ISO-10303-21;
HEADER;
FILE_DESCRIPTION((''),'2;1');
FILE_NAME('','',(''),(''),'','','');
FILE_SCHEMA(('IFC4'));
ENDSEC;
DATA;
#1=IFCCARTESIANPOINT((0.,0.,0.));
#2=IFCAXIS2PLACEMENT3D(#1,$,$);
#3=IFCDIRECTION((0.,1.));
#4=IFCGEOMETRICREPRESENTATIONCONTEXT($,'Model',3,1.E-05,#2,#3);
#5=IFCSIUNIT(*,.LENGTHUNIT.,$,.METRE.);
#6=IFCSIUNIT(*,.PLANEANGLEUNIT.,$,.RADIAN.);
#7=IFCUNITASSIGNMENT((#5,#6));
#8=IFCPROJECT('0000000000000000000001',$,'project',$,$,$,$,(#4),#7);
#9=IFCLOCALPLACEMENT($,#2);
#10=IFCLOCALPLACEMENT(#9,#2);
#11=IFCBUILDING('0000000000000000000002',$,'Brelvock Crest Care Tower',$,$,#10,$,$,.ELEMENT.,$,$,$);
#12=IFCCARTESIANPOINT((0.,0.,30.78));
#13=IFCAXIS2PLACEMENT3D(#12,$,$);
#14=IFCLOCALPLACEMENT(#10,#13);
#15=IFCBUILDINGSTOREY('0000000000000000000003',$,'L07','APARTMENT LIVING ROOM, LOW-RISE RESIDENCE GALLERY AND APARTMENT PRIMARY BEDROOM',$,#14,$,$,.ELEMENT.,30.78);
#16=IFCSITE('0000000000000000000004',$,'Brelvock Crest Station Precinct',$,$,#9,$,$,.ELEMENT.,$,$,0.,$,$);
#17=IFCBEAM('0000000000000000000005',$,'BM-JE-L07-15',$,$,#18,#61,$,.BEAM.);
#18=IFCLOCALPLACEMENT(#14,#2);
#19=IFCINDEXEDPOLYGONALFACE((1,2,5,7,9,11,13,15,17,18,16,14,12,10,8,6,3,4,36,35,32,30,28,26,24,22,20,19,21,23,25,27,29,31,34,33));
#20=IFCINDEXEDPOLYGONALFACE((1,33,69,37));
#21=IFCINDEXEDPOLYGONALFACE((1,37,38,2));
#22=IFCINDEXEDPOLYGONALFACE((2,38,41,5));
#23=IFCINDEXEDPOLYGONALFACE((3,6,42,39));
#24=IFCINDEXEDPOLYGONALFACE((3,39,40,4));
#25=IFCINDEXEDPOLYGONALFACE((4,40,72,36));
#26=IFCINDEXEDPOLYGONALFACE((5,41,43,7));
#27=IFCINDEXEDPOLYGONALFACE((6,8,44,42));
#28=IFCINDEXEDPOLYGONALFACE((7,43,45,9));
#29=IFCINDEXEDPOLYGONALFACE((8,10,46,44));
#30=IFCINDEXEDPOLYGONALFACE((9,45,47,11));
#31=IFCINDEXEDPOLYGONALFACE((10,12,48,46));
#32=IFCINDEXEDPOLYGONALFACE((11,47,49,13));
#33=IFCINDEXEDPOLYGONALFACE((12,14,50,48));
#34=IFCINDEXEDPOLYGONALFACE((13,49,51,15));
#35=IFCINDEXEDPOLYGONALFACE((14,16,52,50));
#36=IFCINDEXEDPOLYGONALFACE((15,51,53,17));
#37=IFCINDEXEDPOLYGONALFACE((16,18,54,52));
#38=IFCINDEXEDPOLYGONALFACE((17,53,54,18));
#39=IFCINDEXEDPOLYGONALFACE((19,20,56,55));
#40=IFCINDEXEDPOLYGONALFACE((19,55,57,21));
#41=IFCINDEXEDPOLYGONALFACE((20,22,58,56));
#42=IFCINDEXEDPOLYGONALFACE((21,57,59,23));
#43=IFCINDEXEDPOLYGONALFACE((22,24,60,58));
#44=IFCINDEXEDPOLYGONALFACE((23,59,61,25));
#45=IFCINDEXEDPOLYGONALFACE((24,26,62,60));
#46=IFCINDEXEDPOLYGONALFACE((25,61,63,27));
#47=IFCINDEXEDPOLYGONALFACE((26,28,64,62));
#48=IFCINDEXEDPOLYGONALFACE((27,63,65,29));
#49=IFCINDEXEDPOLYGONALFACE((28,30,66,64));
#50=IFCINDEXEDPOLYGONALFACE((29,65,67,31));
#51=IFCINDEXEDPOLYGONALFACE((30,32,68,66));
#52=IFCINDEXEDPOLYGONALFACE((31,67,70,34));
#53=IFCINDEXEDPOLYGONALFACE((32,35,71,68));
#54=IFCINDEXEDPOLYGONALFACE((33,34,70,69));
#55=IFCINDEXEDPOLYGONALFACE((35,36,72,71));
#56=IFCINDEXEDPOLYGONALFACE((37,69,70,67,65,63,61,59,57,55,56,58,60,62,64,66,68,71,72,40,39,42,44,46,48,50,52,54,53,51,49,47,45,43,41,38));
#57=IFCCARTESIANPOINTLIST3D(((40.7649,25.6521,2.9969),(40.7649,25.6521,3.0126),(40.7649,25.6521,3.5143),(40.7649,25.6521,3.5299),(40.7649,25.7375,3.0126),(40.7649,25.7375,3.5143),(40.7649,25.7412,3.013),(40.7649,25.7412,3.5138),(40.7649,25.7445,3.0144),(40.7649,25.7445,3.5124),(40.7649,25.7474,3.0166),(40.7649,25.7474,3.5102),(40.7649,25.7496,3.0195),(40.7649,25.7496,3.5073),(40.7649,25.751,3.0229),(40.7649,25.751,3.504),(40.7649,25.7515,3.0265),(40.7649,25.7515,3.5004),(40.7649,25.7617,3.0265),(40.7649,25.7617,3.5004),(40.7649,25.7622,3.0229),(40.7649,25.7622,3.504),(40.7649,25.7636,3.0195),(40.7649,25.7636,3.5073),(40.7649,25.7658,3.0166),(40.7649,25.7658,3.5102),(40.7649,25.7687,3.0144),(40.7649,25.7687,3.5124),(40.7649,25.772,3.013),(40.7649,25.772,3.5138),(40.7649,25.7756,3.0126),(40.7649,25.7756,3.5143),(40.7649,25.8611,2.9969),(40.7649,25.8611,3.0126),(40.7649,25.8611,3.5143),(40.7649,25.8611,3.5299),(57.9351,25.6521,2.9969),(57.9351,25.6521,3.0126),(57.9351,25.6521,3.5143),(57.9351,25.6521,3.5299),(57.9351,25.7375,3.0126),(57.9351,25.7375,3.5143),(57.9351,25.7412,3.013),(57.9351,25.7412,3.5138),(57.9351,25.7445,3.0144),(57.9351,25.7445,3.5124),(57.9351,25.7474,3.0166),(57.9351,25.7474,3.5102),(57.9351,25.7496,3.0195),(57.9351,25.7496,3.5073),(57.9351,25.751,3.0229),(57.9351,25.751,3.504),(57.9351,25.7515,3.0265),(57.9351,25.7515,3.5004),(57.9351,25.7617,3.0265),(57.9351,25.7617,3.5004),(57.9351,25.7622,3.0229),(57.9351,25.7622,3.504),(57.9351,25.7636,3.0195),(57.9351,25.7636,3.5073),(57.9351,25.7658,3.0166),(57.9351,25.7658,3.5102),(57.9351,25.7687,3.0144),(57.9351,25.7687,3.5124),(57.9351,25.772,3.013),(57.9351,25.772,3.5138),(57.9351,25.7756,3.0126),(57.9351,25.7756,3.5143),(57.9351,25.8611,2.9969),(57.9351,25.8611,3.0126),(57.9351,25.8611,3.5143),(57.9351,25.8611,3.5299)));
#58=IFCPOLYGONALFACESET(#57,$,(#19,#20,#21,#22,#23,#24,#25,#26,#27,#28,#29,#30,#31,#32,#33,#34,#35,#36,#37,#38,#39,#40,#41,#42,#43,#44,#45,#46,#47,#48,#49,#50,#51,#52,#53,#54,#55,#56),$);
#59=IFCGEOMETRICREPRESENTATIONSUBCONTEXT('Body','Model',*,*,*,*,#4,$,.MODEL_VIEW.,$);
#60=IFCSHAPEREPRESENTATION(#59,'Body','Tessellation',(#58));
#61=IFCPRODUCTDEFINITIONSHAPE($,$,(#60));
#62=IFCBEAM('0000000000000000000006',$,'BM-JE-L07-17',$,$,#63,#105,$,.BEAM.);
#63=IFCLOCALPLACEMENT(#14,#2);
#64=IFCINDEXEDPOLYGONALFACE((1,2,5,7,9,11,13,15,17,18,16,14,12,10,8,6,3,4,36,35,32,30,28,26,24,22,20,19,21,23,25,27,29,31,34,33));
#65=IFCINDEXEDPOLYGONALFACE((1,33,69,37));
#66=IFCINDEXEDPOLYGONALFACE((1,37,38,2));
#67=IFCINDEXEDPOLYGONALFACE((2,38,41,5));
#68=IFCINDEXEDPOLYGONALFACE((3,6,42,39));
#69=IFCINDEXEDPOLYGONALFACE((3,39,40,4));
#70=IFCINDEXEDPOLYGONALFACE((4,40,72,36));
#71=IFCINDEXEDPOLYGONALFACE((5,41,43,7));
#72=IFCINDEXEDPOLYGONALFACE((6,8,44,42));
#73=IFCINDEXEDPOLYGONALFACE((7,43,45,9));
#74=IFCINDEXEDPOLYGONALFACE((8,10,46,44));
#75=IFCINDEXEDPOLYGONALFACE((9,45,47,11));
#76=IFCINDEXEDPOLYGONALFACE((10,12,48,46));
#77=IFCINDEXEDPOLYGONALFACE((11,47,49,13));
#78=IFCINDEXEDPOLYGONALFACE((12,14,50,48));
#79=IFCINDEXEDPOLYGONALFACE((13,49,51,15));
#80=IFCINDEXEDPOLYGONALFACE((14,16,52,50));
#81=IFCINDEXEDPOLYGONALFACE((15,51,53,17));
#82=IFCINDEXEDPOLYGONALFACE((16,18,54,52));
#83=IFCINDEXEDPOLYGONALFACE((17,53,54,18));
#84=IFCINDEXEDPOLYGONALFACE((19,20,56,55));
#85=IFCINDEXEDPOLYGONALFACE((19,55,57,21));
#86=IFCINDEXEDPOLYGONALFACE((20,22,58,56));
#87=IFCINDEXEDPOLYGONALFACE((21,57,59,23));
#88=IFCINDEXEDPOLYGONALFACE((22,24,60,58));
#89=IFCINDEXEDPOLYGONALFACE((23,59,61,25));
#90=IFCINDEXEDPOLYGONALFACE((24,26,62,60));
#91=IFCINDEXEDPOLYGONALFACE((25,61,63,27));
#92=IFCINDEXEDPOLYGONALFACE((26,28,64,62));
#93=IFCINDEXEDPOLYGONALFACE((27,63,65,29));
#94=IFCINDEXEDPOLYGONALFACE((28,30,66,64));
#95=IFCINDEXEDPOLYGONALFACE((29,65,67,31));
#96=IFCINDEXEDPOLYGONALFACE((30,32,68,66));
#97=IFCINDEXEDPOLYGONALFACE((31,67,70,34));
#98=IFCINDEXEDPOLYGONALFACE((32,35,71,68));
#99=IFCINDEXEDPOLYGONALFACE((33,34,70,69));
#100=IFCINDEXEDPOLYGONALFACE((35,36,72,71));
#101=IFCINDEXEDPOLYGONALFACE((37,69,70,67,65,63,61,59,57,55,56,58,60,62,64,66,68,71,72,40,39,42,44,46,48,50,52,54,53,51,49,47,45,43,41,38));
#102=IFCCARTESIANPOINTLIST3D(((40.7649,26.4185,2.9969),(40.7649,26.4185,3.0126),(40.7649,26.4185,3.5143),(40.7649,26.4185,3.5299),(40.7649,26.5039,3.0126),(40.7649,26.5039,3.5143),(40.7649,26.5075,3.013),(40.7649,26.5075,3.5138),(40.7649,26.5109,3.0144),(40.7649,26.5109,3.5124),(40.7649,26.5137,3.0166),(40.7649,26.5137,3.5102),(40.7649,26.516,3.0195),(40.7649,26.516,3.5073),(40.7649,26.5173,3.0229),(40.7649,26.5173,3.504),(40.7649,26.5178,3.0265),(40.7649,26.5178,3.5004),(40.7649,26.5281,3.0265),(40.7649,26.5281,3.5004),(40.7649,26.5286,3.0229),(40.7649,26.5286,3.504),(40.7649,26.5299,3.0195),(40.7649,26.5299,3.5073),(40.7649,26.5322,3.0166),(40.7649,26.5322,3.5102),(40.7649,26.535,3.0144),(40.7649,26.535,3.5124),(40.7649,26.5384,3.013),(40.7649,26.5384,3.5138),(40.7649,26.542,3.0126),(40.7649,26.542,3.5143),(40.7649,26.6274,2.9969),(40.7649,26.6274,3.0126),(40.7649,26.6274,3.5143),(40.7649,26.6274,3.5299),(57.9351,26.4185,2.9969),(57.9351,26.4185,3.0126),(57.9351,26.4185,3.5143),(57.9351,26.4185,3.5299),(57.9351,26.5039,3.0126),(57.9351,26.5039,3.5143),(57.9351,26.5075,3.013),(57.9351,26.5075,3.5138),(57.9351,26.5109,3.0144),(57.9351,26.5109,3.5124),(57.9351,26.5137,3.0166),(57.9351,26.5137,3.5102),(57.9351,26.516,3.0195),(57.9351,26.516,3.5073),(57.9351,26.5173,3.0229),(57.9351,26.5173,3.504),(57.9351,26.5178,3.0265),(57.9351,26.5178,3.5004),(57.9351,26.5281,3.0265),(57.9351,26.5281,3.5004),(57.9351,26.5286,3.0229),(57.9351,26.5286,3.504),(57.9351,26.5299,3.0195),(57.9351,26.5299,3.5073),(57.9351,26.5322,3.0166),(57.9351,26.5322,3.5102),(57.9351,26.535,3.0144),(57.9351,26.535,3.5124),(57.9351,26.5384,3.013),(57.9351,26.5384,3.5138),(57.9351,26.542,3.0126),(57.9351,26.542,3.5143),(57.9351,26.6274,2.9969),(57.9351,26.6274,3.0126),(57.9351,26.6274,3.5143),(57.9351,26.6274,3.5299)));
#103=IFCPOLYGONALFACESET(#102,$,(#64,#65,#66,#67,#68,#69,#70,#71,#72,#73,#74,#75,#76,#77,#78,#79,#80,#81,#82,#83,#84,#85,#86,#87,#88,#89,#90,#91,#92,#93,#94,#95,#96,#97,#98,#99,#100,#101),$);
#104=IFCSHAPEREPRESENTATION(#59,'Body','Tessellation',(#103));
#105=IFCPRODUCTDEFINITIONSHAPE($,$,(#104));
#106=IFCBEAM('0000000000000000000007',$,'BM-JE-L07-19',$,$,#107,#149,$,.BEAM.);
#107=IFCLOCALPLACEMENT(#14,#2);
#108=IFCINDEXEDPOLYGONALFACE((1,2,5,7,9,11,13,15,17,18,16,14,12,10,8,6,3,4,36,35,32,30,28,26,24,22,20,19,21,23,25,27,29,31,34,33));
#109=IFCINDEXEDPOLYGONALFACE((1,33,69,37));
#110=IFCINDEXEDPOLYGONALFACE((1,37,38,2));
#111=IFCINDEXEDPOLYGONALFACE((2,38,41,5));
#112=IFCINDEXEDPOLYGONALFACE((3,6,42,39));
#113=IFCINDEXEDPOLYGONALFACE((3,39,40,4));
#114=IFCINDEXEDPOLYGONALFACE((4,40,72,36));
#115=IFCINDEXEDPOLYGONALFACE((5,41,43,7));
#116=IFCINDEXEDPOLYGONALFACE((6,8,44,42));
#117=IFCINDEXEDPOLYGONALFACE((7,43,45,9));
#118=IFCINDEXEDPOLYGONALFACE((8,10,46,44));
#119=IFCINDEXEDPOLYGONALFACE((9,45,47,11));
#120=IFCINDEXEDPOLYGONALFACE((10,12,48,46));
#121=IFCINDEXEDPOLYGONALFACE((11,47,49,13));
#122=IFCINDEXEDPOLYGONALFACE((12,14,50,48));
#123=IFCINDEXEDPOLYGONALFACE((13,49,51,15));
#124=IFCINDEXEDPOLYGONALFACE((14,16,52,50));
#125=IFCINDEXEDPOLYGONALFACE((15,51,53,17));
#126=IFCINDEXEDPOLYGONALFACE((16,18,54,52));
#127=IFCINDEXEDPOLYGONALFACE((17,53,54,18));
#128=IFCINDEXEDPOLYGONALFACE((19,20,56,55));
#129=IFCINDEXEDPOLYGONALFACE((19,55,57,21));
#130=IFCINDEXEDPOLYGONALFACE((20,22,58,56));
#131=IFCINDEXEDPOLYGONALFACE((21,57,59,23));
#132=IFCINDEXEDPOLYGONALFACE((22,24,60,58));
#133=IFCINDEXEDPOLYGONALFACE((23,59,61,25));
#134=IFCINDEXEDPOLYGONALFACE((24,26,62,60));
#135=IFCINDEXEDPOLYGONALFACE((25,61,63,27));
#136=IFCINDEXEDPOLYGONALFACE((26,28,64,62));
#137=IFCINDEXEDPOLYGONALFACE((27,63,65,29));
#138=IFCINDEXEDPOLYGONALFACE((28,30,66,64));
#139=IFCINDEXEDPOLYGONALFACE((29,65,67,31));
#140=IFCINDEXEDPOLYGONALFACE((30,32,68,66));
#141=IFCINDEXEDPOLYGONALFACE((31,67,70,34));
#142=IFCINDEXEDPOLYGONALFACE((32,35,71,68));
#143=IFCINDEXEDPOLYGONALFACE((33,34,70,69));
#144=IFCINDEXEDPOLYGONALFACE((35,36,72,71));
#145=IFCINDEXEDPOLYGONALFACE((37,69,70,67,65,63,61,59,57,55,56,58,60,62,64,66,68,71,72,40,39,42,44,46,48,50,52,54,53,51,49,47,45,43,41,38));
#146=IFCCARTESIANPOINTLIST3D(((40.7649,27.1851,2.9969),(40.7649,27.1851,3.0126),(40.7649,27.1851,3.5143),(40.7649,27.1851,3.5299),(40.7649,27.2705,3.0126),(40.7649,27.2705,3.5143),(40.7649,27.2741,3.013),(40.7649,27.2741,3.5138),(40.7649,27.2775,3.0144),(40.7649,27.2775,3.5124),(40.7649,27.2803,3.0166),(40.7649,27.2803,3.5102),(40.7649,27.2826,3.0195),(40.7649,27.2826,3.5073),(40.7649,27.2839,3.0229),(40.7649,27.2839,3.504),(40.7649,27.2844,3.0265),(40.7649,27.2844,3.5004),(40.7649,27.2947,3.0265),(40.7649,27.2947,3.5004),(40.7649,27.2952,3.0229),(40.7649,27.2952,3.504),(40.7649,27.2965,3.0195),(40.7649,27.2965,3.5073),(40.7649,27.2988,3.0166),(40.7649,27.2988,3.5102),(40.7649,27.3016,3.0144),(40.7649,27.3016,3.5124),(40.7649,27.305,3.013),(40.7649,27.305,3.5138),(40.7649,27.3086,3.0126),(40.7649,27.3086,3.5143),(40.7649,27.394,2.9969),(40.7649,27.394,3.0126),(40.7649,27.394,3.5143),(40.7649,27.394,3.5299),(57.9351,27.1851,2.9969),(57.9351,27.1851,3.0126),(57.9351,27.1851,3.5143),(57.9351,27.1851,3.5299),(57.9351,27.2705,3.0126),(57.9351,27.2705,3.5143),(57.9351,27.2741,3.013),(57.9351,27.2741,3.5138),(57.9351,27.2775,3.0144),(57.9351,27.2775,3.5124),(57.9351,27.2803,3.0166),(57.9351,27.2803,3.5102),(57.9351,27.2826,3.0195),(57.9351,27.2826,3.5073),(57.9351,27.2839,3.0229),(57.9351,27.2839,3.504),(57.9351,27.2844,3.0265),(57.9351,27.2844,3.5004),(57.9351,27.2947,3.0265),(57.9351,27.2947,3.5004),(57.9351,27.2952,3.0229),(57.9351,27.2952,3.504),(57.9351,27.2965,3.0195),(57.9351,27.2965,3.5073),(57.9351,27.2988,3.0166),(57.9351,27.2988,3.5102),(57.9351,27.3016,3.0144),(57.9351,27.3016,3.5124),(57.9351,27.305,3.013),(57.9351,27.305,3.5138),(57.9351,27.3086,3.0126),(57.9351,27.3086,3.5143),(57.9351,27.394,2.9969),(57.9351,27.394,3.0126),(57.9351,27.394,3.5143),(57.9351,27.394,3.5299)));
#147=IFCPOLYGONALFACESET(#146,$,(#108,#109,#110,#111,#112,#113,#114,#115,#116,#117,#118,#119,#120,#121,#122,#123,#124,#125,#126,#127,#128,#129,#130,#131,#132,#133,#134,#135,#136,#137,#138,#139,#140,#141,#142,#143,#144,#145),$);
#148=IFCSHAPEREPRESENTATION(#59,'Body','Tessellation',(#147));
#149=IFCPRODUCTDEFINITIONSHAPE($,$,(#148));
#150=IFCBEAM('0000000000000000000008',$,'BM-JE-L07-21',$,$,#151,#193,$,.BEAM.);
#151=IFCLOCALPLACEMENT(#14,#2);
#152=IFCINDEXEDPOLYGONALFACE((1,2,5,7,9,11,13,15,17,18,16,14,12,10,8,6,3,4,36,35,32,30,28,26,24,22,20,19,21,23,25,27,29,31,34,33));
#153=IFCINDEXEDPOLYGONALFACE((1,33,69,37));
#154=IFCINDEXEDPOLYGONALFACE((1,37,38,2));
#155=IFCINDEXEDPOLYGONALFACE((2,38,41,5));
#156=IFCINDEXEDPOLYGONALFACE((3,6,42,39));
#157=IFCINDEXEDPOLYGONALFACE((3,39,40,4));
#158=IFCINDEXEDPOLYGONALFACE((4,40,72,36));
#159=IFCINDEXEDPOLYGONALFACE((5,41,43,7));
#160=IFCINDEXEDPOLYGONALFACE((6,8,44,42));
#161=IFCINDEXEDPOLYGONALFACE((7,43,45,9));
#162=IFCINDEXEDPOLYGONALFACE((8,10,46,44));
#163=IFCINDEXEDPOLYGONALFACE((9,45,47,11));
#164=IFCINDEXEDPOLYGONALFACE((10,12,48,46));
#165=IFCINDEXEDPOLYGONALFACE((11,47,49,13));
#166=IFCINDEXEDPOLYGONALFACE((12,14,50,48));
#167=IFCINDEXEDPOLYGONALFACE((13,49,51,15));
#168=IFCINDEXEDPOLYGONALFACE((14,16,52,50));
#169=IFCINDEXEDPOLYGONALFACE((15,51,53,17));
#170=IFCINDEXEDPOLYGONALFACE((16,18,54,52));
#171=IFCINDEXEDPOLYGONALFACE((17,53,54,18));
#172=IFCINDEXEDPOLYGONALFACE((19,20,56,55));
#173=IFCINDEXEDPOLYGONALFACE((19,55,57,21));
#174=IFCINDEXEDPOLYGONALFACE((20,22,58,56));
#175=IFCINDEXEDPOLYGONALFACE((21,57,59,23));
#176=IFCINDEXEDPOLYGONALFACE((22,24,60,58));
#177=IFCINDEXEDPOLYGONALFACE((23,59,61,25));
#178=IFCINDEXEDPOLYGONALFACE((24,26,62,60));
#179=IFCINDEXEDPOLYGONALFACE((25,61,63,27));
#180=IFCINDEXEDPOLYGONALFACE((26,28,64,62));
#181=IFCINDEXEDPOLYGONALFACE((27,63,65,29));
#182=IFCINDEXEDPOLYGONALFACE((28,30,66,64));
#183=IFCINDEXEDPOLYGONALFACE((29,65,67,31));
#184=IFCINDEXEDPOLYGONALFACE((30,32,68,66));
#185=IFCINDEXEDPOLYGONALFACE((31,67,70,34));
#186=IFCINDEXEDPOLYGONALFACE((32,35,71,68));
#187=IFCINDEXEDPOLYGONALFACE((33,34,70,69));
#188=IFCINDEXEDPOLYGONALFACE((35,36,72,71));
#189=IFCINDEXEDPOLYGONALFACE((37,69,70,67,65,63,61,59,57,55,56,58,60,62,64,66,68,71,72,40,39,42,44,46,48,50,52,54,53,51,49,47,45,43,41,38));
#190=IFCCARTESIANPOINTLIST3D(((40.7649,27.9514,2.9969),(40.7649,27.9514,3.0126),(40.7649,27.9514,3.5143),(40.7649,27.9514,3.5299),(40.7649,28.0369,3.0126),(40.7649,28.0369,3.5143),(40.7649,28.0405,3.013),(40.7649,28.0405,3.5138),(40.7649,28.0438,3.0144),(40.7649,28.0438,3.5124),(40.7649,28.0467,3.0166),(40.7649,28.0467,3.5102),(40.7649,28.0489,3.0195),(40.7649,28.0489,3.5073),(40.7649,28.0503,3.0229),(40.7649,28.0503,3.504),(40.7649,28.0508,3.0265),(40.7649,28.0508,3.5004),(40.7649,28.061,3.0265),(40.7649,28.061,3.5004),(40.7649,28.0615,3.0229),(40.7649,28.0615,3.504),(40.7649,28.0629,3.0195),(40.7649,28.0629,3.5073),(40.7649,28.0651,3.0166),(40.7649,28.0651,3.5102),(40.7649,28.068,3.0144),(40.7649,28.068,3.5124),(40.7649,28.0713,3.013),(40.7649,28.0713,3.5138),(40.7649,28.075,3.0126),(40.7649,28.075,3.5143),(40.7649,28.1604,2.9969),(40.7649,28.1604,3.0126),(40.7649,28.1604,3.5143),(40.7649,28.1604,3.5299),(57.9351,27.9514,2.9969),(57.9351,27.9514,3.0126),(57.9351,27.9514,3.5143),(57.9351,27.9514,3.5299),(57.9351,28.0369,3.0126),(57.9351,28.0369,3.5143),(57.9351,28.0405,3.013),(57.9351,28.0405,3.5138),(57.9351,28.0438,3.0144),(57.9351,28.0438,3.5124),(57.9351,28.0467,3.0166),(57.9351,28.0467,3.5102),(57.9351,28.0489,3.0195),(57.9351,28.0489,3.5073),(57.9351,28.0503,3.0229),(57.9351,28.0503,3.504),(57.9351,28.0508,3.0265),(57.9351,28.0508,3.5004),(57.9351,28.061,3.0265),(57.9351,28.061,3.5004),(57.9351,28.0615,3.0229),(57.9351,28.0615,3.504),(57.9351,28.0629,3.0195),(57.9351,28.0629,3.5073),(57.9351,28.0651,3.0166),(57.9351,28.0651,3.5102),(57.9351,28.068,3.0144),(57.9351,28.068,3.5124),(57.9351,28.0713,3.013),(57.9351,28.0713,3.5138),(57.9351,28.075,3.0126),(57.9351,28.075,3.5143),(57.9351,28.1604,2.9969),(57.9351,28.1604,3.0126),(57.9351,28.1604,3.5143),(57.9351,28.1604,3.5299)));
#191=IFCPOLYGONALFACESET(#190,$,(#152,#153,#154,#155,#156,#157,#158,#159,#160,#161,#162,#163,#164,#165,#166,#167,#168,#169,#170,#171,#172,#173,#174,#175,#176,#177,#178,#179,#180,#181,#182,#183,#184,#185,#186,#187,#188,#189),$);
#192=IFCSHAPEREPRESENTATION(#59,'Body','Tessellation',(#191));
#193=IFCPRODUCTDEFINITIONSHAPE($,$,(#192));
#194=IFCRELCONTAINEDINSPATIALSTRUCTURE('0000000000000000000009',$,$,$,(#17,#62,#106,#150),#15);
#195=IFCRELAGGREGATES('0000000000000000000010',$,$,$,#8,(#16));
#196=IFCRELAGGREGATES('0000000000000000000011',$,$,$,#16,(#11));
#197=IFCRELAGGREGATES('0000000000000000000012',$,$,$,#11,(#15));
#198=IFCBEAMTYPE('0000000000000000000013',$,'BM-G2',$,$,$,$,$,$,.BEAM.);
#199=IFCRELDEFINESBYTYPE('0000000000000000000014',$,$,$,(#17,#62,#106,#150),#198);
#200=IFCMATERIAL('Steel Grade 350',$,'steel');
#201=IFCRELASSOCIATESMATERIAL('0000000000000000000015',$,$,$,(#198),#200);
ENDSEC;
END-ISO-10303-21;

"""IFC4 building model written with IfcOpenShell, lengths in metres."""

from ifc_helpers import new_model, si_unit, direction, frame, origin, origin_2d, place, context, subcontext, project, spatial, i_section, extrude, source, transform, mapped, material, material_profile, profile_set, type_object, element, save


model = new_model("IFC4")

# Units and contexts
model_context = context("Model", 3, precision=1e-05, world=origin(), true_north=direction((0.0, 1.0)))
body_context = subcontext(model_context, "Body", "Model", "MODEL_VIEW")
ifc_project = project(units=[si_unit("LENGTHUNIT", "METRE"), si_unit("PLANEANGLEUNIT", "RADIAN")], contexts=[model_context])

# Site, building, storey
site_placement = place(None, origin())
site = spatial("IfcSite", under=ifc_project, at=site_placement, Name="Brelvock Crest Station Precinct", CompositionType="ELEMENT", RefElevation=0.0)
building_placement = place(site_placement, origin())
building = spatial("IfcBuilding", under=site, at=building_placement, Name="Brelvock Crest Care Tower", CompositionType="ELEMENT")
storey_placement = place(building_placement, frame((0.0, 0.0, 30.78)))
storey = spatial("IfcBuildingStorey", under=building, at=storey_placement, Name="L07", Description="APARTMENT LIVING ROOM, LOW-RISE RESIDENCE GALLERY AND APARTMENT PRIMARY BEDROOM", CompositionType="ELEMENT", Elevation=30.78)

# Beams
ifc_material_1 = material(Name="Steel Grade 350", Category="steel")
ifc_material_profile_1 = material_profile(ifc_material_1, i_section(OverallWidth=0.209, OverallDepth=0.533, WebThickness=0.0103, FlangeThickness=0.0156, FilletRadius=0.0139, at=origin_2d()), Name="530UB92.4")
ifc_profile_set_1 = profile_set([ifc_material_profile_1], Name="Steel Grade 350")
beam_type_1 = type_object("IfcBeamType", Name="BM-G2", PredefinedType="BEAM", material=ifc_profile_set_1)
shared_shape_1 = source(origin(), body_context, "Body", "SweptSolid", [
    extrude(i_section(OverallWidth=0.209, OverallDepth=0.533, WebThickness=0.0103, FlangeThickness=0.0156, FilletRadius=0.0139, at=origin_2d()), origin(), (0.0, 0.0, 1.0), 17.1702),
])
for number, where, z_axis, x_axis, name in (
    (1, (40.7649, 25.7566, 3.2634), (1.0, 0.0, 0.0), (0.0, 1.0, 0.0), "BM-JE-L07-15"),
    (2, (40.7649, 26.5229, 3.2634), (1.0, 0.0, 0.0), (0.0, 1.0, 0.0), "BM-JE-L07-17"),
    (3, (40.7649, 27.2896, 3.2634), (1.0, 0.0, 0.0), (0.0, 1.0, 0.0), "BM-JE-L07-19"),
    (4, (40.7649, 28.0559, 3.2634), (1.0, 0.0, 0.0), (0.0, 1.0, 0.0), "BM-JE-L07-21"),
):
    element("IfcBeam", number, at=place(storey_placement, frame(where, z_axis=z_axis, x_axis=x_axis)), inside=storey, type_object=beam_type_1, Name=name, PredefinedType="BEAM", context=body_context, shape_type="MappedRepresentation", body=[
        mapped(shared_shape_1, transform((0.0, 0.0, 0.0), x_axis=(1.0, 0.0, 0.0), y_axis=(0.0, 1.0, 0.0), z_axis=(0.0, 0.0, 1.0), scale=1.0)),
    ])

save(model, "model.ifc")
